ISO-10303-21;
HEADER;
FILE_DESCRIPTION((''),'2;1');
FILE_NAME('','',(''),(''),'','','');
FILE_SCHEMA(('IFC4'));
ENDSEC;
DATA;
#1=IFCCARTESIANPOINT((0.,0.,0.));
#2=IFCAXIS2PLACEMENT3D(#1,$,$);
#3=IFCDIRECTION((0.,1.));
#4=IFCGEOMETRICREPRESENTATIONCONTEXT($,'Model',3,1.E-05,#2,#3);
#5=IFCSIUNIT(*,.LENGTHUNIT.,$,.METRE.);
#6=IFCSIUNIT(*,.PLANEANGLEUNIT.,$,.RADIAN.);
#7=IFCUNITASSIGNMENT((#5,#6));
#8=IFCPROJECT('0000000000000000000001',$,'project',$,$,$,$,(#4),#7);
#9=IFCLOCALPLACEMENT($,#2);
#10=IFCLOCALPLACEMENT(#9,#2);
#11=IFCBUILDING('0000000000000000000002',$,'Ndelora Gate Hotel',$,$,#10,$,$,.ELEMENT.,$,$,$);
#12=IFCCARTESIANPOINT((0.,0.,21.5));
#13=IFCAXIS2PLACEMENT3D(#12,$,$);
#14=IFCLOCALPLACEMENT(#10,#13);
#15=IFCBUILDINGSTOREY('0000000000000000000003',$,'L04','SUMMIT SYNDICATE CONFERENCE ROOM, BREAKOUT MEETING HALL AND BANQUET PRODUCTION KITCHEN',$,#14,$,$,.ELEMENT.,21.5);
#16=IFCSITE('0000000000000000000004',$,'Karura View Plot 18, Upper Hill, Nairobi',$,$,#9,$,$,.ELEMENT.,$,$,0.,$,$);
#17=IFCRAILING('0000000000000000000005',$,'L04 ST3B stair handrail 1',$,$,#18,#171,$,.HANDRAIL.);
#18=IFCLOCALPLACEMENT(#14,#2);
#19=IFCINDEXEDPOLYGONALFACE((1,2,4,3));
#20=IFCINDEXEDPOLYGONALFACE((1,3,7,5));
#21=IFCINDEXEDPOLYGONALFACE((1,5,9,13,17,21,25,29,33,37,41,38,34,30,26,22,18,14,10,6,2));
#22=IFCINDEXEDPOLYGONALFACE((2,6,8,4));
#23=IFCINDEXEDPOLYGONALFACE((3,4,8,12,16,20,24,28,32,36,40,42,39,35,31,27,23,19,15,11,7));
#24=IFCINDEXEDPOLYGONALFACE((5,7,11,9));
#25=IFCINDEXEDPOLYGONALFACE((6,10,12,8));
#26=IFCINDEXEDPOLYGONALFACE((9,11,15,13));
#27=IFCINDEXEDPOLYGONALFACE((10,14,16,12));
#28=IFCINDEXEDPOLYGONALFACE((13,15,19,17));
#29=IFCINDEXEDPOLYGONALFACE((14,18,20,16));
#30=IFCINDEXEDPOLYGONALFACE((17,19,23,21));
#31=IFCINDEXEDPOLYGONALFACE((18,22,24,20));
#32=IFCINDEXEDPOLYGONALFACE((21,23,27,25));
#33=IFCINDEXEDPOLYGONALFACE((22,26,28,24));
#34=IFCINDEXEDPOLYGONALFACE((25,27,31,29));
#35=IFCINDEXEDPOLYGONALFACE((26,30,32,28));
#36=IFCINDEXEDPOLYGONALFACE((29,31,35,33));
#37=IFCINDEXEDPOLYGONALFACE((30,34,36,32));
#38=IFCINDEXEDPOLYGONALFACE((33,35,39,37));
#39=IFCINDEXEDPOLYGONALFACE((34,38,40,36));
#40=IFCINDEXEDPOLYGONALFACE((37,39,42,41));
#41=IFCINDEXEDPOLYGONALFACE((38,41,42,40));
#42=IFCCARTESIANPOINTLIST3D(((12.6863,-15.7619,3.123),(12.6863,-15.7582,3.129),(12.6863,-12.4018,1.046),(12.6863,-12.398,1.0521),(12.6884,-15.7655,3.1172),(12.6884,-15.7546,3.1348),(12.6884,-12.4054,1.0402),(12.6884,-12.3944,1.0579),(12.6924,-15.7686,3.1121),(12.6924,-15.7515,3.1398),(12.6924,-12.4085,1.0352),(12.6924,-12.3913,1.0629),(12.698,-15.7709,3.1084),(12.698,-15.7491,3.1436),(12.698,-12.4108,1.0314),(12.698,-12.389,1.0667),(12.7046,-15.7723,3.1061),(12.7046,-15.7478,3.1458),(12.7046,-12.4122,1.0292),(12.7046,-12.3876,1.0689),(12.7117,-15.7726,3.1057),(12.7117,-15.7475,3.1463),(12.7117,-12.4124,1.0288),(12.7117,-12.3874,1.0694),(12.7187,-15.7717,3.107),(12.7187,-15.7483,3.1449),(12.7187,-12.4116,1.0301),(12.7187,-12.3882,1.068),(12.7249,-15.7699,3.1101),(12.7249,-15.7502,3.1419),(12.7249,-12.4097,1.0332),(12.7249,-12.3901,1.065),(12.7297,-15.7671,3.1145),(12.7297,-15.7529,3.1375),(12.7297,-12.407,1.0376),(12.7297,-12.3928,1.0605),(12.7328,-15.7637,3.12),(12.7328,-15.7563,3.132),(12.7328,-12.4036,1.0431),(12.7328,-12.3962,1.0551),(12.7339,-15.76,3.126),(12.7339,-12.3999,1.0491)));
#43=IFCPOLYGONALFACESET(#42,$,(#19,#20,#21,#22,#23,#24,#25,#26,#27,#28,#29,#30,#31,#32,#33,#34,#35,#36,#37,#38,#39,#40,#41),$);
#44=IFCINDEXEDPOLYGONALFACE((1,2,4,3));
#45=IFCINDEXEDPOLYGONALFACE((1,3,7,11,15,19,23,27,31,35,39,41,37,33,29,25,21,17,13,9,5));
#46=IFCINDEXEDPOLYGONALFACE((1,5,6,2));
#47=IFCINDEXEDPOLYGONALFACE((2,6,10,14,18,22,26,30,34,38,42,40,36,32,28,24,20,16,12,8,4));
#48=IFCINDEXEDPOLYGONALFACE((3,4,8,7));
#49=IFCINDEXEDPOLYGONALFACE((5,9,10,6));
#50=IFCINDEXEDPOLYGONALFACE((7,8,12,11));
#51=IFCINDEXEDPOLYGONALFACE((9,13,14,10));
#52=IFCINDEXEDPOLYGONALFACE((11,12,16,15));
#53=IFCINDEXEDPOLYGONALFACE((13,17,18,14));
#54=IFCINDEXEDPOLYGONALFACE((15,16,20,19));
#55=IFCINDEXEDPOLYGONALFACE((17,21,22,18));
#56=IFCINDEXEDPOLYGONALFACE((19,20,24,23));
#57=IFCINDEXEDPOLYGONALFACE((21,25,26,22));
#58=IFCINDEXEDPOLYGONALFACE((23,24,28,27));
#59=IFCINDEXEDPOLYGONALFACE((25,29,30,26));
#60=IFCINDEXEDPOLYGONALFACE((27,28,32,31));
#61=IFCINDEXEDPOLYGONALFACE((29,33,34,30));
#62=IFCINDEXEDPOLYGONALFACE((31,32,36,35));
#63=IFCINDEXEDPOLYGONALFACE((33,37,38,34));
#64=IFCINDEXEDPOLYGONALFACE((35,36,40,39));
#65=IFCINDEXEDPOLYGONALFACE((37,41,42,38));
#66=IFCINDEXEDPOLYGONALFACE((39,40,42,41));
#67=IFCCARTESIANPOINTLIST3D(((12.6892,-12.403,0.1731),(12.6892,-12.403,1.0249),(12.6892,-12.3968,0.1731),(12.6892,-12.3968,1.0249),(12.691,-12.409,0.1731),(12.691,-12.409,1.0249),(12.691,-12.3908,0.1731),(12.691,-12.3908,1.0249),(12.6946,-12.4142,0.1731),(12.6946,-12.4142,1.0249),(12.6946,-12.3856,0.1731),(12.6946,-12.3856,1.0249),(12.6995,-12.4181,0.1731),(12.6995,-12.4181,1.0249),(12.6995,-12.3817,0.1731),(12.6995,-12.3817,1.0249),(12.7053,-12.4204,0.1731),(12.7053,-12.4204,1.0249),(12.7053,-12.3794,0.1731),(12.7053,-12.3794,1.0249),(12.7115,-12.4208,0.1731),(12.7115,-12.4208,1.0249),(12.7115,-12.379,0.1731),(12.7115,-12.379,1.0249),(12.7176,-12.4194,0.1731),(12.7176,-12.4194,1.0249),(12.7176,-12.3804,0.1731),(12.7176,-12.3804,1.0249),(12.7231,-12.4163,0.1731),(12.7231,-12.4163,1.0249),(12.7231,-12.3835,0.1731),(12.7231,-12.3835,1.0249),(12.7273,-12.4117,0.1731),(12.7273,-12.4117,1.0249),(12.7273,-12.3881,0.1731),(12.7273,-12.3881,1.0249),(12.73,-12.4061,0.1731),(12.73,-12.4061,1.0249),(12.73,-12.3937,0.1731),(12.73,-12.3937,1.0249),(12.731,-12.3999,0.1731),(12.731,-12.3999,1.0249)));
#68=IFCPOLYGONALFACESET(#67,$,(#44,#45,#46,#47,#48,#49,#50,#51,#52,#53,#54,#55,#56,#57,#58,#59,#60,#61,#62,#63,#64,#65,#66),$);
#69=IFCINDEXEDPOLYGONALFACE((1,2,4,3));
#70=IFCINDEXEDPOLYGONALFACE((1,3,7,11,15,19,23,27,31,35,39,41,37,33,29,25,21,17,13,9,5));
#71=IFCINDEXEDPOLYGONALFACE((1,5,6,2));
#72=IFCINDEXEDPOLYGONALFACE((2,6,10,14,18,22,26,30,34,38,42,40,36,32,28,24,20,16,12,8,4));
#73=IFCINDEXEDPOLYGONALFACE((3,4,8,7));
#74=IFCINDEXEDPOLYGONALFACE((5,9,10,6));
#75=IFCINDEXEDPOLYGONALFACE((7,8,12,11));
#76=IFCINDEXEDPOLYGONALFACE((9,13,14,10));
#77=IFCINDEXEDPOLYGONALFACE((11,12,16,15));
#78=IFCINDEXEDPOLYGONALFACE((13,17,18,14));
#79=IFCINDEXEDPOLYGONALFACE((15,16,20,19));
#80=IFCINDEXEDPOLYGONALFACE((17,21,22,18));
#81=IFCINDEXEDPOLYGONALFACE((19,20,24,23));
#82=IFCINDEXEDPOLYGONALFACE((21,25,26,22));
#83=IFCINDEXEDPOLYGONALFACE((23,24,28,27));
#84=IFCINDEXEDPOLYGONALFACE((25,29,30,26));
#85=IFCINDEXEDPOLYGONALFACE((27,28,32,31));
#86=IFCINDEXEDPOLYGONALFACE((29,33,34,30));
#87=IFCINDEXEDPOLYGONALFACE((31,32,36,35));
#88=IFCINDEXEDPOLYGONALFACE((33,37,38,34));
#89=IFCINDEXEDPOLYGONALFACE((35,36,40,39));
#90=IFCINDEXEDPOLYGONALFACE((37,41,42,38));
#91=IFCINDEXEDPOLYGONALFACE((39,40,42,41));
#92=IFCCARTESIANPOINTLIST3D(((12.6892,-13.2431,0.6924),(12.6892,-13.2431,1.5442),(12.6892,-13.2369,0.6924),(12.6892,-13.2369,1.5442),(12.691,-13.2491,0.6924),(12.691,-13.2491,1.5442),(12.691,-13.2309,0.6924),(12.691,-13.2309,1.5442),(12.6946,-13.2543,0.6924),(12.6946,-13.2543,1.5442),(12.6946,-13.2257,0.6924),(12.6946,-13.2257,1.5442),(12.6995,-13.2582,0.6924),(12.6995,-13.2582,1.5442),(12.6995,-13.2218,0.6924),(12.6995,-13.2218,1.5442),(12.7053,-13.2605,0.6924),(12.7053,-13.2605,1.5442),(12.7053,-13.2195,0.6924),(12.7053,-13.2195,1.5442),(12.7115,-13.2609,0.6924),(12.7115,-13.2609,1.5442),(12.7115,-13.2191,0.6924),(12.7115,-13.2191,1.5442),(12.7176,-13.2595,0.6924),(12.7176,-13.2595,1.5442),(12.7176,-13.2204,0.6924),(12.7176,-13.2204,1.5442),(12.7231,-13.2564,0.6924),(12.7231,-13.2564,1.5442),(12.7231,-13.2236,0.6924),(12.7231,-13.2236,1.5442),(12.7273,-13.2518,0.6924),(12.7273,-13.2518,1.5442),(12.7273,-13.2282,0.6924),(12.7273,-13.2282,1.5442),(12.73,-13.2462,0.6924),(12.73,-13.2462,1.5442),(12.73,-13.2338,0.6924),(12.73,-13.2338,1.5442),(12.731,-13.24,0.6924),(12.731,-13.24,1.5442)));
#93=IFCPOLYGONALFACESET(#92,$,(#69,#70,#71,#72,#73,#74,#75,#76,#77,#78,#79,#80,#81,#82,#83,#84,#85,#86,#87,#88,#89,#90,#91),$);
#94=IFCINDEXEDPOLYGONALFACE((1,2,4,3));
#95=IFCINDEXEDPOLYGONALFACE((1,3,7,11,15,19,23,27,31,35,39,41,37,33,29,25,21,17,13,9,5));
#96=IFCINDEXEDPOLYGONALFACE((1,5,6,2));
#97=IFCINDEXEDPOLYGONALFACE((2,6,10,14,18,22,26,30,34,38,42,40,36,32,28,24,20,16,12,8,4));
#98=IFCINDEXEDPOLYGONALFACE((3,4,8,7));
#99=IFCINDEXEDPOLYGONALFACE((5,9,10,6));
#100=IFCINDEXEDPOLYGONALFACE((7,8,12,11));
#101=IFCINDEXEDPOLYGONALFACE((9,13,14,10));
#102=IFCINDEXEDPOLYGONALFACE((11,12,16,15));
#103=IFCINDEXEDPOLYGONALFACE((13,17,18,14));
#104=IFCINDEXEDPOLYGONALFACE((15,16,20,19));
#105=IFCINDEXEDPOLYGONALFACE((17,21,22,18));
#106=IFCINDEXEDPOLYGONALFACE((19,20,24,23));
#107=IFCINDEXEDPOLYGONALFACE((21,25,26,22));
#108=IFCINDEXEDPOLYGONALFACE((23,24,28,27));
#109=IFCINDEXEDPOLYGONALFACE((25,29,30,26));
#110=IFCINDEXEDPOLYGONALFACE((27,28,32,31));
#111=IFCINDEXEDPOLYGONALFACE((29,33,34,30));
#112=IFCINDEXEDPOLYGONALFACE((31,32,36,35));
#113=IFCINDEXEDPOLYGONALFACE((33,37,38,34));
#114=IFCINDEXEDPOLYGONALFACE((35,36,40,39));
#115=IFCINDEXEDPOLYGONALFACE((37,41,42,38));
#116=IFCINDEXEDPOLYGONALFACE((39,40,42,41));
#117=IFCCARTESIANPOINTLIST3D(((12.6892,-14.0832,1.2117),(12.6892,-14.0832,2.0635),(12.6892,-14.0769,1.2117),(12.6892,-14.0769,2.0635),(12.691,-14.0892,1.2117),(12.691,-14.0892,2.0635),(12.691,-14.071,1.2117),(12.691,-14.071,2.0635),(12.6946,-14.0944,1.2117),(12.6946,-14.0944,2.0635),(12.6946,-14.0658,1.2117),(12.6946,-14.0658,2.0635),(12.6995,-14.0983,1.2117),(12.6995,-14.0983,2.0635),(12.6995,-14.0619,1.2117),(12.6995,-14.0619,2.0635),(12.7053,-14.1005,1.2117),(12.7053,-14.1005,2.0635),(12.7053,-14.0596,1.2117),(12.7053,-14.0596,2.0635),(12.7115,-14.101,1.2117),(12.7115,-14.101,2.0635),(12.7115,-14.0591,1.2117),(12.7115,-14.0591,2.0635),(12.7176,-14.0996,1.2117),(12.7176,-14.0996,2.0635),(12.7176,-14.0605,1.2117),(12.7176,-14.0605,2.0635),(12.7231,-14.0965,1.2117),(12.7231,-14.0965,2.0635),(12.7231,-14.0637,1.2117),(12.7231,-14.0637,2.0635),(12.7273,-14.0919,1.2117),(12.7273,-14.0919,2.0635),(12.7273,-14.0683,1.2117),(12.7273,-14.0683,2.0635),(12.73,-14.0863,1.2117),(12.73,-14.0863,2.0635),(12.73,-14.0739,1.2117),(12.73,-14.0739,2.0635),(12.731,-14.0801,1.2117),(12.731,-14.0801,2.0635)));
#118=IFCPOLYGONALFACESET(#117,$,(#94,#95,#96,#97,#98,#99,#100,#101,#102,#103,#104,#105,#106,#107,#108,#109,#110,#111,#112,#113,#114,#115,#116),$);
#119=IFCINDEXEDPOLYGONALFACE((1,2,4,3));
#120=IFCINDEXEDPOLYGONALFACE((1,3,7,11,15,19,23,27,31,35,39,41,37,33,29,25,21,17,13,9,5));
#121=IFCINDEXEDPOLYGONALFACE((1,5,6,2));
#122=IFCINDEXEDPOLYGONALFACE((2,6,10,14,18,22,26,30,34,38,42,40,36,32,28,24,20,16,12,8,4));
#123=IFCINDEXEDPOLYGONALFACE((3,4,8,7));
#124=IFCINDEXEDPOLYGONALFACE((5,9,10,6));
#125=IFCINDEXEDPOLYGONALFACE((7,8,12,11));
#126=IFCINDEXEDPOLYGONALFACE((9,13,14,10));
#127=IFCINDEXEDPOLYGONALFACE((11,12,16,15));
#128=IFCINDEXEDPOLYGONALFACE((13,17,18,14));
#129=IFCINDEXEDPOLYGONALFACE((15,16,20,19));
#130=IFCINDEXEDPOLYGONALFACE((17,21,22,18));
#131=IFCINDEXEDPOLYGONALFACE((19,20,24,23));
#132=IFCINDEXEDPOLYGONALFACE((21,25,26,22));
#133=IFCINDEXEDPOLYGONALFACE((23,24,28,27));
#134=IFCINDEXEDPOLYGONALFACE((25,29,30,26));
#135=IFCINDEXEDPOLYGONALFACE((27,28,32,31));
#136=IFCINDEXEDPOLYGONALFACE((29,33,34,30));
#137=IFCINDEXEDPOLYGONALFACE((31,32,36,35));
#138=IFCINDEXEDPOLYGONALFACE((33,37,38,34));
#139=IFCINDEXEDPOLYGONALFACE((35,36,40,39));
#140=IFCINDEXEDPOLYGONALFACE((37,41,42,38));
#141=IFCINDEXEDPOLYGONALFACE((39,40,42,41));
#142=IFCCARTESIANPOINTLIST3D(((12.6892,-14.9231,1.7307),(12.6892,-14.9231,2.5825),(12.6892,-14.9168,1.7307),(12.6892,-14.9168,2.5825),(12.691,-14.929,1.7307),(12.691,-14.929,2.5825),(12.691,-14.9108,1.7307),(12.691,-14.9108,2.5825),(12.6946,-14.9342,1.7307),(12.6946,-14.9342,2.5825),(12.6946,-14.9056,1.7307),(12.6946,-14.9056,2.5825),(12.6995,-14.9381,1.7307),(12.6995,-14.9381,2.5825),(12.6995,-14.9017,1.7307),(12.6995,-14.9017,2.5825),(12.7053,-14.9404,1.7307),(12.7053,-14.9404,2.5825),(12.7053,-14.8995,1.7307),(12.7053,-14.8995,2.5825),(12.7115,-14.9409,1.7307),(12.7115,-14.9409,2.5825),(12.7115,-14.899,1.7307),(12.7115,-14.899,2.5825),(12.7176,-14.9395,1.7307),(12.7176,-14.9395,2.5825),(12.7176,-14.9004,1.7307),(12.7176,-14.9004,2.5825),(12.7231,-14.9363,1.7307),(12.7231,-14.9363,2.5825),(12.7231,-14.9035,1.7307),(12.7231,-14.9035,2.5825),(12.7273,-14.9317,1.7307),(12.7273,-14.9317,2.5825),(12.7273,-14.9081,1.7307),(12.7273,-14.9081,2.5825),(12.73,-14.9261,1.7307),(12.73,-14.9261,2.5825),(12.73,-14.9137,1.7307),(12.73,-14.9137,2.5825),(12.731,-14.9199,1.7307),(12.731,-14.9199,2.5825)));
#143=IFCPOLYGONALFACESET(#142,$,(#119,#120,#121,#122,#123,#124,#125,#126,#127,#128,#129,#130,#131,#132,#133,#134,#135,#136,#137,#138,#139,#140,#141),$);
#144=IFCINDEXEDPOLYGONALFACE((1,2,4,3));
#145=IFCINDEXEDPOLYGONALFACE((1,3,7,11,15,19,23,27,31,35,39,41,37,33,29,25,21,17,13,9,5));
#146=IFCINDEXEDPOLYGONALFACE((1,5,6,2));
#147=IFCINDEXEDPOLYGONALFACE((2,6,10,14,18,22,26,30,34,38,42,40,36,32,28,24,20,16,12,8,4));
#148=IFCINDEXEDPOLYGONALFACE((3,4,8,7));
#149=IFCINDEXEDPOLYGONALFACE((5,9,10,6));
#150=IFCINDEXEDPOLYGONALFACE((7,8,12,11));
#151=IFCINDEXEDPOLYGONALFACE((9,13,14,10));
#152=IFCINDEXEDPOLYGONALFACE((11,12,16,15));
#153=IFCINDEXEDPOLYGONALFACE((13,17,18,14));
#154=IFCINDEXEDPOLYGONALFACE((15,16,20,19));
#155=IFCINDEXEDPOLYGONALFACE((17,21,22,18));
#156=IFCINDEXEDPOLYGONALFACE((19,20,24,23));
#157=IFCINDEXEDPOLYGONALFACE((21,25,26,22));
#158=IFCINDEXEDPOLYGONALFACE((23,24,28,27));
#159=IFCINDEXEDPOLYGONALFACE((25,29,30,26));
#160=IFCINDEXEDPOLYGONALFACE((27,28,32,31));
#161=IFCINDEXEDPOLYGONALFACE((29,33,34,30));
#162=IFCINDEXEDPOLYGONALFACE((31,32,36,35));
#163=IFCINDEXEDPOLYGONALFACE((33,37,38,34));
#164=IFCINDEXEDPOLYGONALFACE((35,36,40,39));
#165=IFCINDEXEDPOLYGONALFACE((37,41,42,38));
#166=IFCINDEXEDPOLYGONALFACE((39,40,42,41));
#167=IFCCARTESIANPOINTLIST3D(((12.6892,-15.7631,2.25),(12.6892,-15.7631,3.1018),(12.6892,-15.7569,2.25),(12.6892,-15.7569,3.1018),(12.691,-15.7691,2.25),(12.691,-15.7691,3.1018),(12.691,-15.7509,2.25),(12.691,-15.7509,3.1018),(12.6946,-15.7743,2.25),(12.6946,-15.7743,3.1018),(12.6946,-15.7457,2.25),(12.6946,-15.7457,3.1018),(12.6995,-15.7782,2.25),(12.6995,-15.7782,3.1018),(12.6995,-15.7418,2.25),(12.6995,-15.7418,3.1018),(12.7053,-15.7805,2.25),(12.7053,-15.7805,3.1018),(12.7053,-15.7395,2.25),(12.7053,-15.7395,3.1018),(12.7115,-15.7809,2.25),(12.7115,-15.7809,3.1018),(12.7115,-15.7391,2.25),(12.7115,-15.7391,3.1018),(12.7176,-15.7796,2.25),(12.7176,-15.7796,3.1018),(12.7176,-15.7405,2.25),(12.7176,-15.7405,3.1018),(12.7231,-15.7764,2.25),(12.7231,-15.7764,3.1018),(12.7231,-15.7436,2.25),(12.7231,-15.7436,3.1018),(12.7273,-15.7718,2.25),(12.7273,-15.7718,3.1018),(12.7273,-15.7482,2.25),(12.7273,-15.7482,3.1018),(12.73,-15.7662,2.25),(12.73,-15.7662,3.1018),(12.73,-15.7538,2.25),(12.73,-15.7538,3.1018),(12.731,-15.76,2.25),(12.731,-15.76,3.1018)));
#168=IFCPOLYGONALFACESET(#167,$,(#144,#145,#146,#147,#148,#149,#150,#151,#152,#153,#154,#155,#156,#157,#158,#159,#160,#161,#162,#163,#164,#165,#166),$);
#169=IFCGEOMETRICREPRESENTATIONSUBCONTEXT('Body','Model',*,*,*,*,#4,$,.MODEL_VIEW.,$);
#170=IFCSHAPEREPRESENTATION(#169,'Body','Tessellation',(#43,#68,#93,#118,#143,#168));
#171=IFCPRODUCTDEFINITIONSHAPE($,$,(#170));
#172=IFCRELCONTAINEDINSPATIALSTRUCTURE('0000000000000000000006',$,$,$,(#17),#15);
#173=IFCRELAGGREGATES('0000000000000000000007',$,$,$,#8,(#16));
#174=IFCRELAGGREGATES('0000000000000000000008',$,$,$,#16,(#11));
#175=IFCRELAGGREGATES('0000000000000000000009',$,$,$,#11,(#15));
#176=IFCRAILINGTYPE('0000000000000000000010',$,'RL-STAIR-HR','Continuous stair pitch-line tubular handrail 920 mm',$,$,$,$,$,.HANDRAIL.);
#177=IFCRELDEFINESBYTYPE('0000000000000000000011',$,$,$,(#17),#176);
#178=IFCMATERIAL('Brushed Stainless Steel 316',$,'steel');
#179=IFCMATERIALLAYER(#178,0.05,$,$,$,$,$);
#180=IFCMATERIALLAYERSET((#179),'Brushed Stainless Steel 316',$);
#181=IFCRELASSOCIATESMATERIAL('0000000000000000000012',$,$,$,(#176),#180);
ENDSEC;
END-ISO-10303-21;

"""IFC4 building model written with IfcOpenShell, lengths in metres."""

from ifc_helpers import new_model, si_unit, direction, frame, origin, origin_2d, place, context, subcontext, project, spatial, circle, extrude, material, layer, layer_set, type_object, element, save


model = new_model("IFC4")

# Units and contexts
model_context = context("Model", 3, precision=1e-05, world=origin(), true_north=direction((0.0, 1.0)))
body_context = subcontext(model_context, "Body", "Model", "MODEL_VIEW")
ifc_project = project(units=[si_unit("LENGTHUNIT", "METRE"), si_unit("PLANEANGLEUNIT", "RADIAN")], contexts=[model_context])

# Site, building, storey
site_placement = place(None, origin())
site = spatial("IfcSite", under=ifc_project, at=site_placement, Name="Karura View Plot 18, Upper Hill, Nairobi", CompositionType="ELEMENT", RefElevation=0.0)
building_placement = place(site_placement, origin())
building = spatial("IfcBuilding", under=site, at=building_placement, Name="Ndelora Gate Hotel", CompositionType="ELEMENT")
storey_placement = place(building_placement, frame((0.0, 0.0, 21.5)))
storey = spatial("IfcBuildingStorey", under=building, at=storey_placement, Name="L04", Description="SUMMIT SYNDICATE CONFERENCE ROOM, BREAKOUT MEETING HALL AND BANQUET PRODUCTION KITCHEN", CompositionType="ELEMENT", Elevation=21.5)

# Railing
ifc_material_1 = material(Name="Brushed Stainless Steel 316", Category="steel")
ifc_layer_1 = layer(ifc_material_1, 0.05)
ifc_layer_set_1 = layer_set([ifc_layer_1], Name="Brushed Stainless Steel 316")
railing_type_1 = type_object("IfcRailingType", Name="RL-STAIR-HR", Description="Continuous stair pitch-line tubular handrail 920 mm", PredefinedType="HANDRAIL", material=ifc_layer_set_1)
railing_1_placement = place(storey_placement, frame((12.71, -12.3999, 0.1731)))
element("IfcRailing", 1, at=railing_1_placement, inside=storey, type_object=railing_type_1, Name="L04 ST3B stair handrail 1", PredefinedType="HANDRAIL", context=body_context, shape_type="SweptSolid", body=[
    extrude(circle(Radius=0.0239, at=origin_2d()), frame((0.0, 0.0, 0.876), z_axis=(0.0, -0.850623, 0.525776), x_axis=(1.0, 0.0, 0.0)), (0.0, 0.0, 1.0), 3.9502),
    extrude(circle(Radius=0.021, at=origin_2d()), origin(), (0.0, 0.0, 1.0), 0.8518),
    extrude(circle(Radius=0.021, at=origin_2d()), frame((0.0, -0.8401, 0.5193)), (0.0, 0.0, 1.0), 0.8518),
    extrude(circle(Radius=0.021, at=origin_2d()), frame((0.0, -1.6802, 1.0386)), (0.0, 0.0, 1.0), 0.8518),
    extrude(circle(Radius=0.021, at=origin_2d()), frame((0.0, -2.52, 1.5576)), (0.0, 0.0, 1.0), 0.8518),
    extrude(circle(Radius=0.021, at=origin_2d()), frame((0.0, -3.3601, 2.0769)), (0.0, 0.0, 1.0), 0.8518),
])

save(model, "model.ifc")
